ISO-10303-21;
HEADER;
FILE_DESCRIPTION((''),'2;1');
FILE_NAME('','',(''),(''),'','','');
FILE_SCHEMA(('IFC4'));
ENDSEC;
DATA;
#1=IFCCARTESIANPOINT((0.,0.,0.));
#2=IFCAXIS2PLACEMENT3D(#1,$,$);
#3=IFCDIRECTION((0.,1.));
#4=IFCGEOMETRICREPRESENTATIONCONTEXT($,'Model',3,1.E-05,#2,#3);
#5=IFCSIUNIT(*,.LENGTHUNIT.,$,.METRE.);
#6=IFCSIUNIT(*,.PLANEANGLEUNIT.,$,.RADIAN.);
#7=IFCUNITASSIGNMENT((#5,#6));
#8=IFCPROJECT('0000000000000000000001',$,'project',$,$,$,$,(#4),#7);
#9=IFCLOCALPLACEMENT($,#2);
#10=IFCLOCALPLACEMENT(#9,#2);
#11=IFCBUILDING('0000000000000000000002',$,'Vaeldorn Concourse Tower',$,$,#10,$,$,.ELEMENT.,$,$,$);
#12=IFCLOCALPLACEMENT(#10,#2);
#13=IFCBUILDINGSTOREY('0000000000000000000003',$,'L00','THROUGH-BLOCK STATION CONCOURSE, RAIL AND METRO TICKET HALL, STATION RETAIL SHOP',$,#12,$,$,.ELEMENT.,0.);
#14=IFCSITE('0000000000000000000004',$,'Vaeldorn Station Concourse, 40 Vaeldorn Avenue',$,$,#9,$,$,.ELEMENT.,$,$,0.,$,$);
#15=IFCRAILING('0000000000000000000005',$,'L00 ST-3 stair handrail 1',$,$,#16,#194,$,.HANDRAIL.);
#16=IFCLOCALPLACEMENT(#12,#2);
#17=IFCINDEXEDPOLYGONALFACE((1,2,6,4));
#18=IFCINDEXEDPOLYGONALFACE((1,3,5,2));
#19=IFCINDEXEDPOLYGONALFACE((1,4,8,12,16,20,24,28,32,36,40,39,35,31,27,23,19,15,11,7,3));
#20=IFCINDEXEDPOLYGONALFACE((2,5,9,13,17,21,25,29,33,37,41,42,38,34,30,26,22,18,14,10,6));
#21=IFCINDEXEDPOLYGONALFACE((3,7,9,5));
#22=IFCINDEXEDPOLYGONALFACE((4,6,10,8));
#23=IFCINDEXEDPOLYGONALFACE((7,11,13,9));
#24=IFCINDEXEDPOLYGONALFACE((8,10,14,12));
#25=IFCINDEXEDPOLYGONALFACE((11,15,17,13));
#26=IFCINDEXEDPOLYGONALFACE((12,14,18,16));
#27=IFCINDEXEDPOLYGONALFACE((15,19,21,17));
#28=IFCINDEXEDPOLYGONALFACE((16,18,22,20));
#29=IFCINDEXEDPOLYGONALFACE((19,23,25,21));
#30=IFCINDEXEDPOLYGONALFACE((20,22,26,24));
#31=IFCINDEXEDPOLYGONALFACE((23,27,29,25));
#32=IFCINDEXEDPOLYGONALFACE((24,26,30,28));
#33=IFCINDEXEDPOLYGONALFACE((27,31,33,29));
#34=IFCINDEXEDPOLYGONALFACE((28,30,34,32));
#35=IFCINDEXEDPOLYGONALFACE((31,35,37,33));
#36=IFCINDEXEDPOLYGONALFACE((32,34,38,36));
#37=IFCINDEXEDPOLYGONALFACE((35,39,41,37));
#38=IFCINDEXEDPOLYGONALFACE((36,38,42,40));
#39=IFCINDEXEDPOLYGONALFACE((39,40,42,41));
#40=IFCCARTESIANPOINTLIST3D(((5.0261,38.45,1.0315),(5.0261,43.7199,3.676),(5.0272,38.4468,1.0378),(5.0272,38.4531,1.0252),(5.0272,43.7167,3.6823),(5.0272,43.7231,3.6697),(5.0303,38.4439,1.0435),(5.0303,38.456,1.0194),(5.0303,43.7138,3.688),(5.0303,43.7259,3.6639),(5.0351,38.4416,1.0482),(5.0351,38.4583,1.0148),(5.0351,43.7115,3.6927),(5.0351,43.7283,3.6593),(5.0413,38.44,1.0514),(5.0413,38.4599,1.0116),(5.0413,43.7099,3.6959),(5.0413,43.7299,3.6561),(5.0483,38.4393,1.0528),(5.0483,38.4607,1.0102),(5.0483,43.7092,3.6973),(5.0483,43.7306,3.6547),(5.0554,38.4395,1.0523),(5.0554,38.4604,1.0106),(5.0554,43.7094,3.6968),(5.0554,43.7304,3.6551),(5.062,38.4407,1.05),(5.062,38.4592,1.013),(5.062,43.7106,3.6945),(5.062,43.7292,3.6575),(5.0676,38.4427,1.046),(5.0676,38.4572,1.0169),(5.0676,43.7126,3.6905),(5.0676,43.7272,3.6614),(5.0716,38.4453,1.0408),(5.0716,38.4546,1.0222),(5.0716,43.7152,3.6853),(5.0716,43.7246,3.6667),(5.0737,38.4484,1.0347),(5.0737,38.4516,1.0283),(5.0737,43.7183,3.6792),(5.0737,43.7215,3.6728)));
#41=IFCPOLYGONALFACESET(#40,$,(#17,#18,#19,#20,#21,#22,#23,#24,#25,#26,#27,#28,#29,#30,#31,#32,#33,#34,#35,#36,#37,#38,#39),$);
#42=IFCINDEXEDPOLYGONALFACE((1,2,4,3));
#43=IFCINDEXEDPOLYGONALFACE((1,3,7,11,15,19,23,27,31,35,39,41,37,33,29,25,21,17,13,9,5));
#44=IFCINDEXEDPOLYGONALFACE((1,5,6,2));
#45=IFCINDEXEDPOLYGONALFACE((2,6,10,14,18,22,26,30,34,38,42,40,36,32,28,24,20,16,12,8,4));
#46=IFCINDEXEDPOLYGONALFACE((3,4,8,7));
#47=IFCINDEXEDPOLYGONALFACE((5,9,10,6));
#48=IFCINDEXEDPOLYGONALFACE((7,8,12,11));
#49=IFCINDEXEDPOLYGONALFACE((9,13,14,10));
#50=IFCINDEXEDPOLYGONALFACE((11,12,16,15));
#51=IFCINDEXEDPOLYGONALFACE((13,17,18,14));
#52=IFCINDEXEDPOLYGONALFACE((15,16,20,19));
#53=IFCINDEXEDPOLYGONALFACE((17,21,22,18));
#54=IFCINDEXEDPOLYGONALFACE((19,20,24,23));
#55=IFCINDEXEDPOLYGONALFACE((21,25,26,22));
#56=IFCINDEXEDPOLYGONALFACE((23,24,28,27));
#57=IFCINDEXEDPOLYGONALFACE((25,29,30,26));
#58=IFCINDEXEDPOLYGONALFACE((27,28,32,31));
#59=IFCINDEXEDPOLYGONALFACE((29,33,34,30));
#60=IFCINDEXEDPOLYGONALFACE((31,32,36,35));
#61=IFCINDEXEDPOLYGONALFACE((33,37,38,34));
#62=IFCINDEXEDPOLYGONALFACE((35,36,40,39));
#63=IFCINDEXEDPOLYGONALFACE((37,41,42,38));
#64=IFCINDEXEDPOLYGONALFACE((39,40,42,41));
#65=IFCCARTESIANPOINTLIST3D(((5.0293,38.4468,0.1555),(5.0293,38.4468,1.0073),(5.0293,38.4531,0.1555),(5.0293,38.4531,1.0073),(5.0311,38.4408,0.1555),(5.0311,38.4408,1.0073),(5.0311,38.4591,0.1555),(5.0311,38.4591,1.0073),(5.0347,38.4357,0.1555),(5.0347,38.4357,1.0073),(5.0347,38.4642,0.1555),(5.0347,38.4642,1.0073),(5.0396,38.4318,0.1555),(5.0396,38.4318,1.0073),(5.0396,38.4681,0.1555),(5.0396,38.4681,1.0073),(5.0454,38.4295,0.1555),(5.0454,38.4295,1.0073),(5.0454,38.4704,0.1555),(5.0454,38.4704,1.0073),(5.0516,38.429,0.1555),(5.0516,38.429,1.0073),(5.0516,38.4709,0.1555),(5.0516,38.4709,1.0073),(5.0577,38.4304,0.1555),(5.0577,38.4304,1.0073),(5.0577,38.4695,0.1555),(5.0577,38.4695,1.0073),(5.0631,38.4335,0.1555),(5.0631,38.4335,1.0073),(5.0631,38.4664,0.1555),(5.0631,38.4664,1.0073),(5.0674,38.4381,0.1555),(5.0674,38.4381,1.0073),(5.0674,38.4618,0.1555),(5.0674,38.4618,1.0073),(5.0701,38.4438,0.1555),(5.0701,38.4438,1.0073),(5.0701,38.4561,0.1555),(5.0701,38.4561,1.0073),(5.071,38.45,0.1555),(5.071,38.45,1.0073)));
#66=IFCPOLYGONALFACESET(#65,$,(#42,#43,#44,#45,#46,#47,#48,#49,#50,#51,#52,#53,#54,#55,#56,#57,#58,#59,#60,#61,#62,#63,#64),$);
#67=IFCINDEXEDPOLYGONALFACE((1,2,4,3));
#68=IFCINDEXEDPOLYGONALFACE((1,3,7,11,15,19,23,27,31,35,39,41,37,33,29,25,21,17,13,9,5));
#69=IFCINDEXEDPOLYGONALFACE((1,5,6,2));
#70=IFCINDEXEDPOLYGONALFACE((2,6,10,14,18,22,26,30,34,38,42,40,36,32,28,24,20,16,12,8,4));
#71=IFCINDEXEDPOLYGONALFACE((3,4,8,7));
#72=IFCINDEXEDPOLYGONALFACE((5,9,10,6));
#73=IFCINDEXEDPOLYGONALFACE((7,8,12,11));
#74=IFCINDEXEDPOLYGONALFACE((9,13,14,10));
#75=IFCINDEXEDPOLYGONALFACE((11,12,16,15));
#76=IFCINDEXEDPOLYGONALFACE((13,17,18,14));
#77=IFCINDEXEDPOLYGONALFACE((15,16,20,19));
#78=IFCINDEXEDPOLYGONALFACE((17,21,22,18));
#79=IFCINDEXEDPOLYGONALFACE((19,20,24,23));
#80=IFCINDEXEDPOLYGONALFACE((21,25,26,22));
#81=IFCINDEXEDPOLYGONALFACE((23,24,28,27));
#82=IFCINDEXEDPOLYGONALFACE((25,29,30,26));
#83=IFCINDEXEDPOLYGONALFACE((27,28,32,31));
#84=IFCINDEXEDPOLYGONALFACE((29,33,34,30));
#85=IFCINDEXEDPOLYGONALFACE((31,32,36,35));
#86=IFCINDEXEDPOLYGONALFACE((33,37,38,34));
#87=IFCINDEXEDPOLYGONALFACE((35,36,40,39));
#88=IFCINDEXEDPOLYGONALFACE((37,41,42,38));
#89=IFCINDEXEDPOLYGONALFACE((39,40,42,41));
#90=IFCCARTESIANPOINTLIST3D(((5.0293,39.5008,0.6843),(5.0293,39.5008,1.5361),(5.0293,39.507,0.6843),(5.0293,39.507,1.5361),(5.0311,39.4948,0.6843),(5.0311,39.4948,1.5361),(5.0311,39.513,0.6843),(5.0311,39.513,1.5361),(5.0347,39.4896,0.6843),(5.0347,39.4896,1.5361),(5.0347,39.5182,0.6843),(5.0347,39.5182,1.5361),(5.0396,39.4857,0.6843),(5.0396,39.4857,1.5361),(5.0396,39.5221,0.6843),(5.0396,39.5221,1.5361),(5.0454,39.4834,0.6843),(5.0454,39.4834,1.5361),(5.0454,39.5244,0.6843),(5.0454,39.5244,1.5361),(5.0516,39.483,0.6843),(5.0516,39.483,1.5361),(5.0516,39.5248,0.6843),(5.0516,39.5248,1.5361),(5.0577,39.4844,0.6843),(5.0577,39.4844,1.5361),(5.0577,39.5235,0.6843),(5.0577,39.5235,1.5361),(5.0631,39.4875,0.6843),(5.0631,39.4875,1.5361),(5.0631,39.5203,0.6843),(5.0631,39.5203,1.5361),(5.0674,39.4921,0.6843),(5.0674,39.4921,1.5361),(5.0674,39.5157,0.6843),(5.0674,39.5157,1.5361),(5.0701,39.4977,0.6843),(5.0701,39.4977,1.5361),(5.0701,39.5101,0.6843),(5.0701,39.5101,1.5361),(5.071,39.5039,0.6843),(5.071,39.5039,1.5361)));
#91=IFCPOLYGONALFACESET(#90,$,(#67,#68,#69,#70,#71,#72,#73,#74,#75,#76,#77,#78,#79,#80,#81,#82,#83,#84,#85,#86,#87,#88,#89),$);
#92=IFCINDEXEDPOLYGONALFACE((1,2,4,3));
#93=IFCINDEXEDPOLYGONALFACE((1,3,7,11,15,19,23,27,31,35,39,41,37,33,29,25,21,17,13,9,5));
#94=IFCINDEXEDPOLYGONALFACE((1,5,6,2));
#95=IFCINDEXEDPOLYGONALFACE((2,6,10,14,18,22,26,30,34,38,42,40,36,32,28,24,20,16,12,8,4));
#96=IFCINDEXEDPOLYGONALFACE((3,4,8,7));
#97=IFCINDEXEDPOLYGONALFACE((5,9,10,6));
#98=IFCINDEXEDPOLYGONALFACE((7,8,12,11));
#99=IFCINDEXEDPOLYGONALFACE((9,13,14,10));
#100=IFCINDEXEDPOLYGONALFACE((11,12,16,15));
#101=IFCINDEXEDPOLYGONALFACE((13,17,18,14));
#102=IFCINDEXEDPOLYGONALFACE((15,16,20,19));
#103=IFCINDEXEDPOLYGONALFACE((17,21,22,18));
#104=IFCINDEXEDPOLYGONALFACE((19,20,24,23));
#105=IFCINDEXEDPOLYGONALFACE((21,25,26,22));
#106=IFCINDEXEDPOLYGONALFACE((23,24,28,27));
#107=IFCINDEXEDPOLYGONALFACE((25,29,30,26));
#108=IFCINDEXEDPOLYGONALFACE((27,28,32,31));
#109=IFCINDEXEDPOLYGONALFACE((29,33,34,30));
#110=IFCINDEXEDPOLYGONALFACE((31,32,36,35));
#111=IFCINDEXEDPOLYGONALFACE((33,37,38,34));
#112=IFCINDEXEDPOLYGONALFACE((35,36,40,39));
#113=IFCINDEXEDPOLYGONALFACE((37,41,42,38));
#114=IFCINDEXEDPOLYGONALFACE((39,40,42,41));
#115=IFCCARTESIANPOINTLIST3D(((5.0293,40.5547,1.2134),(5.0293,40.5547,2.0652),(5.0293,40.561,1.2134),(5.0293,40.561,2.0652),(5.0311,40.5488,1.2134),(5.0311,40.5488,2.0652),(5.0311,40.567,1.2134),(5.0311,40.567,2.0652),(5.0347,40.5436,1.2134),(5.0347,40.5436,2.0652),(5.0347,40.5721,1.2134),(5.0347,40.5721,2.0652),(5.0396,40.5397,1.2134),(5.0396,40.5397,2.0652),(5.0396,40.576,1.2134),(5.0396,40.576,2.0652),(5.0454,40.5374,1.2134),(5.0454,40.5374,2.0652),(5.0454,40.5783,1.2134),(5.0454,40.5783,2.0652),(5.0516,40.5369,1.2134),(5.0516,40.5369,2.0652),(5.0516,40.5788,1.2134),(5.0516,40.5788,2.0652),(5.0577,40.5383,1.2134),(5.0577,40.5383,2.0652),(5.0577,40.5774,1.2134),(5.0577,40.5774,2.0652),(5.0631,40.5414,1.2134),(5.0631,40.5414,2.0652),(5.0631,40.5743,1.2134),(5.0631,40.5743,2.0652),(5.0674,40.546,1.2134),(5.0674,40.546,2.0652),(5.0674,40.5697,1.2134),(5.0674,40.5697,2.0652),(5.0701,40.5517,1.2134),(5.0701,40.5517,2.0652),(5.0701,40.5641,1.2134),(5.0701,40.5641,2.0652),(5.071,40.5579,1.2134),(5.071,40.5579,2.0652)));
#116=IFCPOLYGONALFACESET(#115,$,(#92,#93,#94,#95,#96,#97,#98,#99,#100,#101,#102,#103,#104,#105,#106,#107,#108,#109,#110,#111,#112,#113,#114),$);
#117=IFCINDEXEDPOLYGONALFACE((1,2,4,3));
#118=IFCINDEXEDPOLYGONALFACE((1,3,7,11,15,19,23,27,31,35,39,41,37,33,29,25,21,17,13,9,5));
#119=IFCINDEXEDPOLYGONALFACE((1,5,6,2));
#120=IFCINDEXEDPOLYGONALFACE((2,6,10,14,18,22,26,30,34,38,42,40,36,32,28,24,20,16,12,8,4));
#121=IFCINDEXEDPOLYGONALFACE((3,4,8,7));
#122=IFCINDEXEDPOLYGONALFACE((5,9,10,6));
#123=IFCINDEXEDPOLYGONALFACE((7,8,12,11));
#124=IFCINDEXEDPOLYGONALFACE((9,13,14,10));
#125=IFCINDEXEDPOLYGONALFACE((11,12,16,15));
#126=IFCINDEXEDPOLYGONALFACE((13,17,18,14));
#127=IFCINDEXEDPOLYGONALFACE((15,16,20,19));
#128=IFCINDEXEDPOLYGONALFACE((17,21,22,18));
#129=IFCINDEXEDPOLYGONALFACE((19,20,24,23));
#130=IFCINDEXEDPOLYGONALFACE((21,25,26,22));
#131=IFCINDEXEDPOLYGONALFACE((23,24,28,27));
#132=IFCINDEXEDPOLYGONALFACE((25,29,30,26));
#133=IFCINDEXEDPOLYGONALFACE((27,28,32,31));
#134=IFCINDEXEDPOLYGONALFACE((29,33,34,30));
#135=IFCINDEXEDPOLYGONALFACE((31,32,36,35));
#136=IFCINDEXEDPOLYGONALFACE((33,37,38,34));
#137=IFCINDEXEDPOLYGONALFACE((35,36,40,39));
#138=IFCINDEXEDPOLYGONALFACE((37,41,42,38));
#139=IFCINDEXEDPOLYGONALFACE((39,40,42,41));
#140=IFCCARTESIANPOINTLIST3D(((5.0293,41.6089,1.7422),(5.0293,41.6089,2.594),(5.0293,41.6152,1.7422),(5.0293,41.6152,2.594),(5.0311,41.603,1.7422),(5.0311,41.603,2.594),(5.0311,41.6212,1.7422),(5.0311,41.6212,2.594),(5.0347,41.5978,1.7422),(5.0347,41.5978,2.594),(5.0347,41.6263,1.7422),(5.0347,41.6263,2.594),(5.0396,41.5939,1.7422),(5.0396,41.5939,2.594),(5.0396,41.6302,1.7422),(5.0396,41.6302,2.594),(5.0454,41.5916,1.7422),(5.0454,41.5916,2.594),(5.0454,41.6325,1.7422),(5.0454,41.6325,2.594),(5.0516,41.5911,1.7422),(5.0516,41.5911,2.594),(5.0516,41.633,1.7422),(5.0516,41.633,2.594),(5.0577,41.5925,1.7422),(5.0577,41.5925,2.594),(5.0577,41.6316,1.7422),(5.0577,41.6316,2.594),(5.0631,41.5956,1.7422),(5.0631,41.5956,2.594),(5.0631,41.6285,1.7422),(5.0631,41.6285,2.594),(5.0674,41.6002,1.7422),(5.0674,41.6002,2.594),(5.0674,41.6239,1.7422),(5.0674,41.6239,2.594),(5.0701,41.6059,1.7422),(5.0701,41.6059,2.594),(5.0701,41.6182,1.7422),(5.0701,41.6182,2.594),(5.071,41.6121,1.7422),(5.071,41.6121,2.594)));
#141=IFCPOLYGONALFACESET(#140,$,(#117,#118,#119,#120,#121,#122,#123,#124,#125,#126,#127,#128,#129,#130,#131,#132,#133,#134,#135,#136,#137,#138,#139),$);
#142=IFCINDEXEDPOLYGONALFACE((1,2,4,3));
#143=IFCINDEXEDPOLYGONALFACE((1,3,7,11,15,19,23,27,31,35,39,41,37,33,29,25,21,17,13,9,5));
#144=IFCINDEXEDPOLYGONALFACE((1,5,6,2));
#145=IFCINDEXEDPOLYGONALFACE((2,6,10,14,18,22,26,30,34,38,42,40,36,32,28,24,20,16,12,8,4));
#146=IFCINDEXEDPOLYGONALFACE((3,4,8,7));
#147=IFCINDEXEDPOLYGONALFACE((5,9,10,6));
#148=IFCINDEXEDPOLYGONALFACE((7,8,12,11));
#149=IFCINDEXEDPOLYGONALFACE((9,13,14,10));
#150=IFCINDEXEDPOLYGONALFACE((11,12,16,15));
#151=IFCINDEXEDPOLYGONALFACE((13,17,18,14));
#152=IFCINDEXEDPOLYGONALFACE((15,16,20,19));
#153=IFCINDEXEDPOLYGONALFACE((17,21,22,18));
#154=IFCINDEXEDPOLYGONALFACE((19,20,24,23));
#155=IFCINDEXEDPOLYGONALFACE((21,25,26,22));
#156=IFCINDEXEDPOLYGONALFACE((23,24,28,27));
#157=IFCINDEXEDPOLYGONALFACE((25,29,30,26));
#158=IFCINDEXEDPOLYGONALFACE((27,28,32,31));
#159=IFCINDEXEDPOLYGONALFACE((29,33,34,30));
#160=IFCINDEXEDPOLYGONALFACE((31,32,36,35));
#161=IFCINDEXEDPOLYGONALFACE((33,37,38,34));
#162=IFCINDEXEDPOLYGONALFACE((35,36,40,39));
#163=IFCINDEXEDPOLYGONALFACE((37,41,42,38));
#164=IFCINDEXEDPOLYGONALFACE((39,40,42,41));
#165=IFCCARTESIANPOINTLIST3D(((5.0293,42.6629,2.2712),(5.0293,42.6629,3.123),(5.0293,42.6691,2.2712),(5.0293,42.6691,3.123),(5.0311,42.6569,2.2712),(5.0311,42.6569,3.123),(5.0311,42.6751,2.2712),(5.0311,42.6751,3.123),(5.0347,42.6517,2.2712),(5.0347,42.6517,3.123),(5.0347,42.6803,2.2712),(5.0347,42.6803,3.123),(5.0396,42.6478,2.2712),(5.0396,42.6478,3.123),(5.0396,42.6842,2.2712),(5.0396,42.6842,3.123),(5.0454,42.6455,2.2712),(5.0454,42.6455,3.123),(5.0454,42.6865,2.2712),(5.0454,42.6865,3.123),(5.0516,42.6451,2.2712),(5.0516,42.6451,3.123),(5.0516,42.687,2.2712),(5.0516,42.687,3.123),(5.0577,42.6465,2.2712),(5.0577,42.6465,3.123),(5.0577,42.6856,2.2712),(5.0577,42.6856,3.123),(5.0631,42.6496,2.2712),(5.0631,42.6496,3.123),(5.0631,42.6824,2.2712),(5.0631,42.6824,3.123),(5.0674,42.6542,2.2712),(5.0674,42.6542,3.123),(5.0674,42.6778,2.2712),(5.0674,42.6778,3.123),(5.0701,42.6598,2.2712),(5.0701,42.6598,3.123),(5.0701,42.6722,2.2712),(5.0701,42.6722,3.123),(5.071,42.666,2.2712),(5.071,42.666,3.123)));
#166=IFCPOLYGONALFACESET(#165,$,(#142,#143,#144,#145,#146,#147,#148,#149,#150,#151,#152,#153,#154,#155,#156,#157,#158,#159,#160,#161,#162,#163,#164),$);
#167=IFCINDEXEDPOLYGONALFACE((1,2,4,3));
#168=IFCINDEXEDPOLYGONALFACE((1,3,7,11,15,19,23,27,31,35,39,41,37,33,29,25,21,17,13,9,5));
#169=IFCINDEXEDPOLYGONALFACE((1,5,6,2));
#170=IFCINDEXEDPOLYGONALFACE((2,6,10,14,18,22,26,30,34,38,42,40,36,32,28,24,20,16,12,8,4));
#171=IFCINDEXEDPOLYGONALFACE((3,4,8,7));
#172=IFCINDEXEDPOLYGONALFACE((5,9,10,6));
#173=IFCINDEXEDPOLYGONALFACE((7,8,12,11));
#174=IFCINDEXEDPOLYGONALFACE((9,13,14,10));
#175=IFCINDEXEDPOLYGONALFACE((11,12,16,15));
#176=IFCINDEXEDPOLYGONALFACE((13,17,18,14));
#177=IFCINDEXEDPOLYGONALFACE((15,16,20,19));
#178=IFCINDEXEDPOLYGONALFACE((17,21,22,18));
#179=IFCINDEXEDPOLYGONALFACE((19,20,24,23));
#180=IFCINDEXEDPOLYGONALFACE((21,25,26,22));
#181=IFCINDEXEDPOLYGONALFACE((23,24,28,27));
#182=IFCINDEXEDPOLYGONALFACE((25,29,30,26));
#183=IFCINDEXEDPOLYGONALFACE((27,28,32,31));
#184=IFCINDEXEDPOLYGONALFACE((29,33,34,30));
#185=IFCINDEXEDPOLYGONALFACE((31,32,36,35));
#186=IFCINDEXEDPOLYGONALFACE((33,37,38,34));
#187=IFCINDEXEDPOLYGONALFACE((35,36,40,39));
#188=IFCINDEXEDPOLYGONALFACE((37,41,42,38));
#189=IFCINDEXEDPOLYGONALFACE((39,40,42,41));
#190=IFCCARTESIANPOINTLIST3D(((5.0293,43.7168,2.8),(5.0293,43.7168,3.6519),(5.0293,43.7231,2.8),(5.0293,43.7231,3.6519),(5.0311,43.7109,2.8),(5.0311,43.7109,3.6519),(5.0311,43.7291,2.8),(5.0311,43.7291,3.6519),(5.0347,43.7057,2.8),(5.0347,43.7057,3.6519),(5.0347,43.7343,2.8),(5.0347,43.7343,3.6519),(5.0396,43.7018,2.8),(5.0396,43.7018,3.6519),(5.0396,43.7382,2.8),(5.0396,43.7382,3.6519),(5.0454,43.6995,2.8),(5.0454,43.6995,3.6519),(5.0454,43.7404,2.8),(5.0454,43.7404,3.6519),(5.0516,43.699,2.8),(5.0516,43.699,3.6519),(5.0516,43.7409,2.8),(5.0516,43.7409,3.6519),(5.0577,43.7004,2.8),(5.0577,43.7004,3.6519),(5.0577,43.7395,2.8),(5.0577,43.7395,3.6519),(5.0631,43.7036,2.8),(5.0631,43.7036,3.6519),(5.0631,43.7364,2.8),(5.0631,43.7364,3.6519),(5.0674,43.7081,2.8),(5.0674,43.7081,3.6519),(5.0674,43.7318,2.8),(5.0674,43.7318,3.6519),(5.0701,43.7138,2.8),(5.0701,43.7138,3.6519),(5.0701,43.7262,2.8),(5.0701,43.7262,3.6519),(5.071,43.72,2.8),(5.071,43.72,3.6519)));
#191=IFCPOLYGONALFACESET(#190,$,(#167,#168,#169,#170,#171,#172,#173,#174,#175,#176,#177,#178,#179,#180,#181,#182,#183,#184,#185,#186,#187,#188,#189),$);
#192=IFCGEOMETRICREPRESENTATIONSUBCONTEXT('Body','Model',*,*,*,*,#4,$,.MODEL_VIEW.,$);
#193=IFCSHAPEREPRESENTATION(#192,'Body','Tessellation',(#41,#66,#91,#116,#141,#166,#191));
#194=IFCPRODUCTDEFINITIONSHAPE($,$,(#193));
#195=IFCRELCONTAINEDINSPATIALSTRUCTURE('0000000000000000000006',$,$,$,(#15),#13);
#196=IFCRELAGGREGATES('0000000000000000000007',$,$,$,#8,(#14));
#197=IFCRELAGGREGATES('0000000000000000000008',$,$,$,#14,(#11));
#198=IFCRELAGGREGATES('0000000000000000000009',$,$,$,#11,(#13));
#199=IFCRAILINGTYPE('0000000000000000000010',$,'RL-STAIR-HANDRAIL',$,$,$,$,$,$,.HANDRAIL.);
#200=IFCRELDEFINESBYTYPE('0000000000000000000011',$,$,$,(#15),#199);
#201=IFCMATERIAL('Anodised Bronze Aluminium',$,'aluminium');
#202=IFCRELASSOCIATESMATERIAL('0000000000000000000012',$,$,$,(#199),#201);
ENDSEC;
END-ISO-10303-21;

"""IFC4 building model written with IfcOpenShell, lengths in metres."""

from ifc_helpers import new_model, si_unit, direction, frame, origin, origin_2d, place, context, subcontext, project, spatial, circle, extrude, material, type_object, element, save


model = new_model("IFC4")

# Units and contexts
model_context = context("Model", 3, precision=1e-05, world=origin(), true_north=direction((0.0, 1.0)))
body_context = subcontext(model_context, "Body", "Model", "MODEL_VIEW")
ifc_project = project(units=[si_unit("LENGTHUNIT", "METRE"), si_unit("PLANEANGLEUNIT", "RADIAN")], contexts=[model_context])

# Site, building, storey
site_placement = place(None, origin())
site = spatial("IfcSite", under=ifc_project, at=site_placement, Name="Vaeldorn Station Concourse, 40 Vaeldorn Avenue", CompositionType="ELEMENT", RefElevation=0.0)
building_placement = place(site_placement, origin())
building = spatial("IfcBuilding", under=site, at=building_placement, Name="Vaeldorn Concourse Tower", CompositionType="ELEMENT")
storey_placement = place(building_placement, origin())
storey = spatial("IfcBuildingStorey", under=building, at=storey_placement, Name="L00", Description="THROUGH-BLOCK STATION CONCOURSE, RAIL AND METRO TICKET HALL, STATION RETAIL SHOP", CompositionType="ELEMENT", Elevation=0.0)

# Shared definitions
ifc_material_1 = material(Name="Anodised Bronze Aluminium", Category="aluminium")

# Railing
railing_type_1 = type_object("IfcRailingType", Name="RL-STAIR-HANDRAIL", PredefinedType="HANDRAIL", material=ifc_material_1)
railing_1_placement = place(storey_placement, frame((5.05, 38.45, 0.1555)))
element("IfcRailing", 1, at=railing_1_placement, inside=storey, type_object=railing_type_1, Name="L00 ST-3 stair handrail 1", PredefinedType="HANDRAIL", context=body_context, shape_type="SweptSolid", body=[
    extrude(circle(Radius=0.0239, at=origin_2d()), frame((0.0, 0.0, 0.876), z_axis=(0.0, 0.89378, 0.448505), x_axis=(-1.0, 0.0, 0.0)), (0.0, 0.0, 1.0), 5.8962),
    extrude(circle(Radius=0.021, at=origin_2d()), origin(), (0.0, 0.0, 1.0), 0.8518),
    extrude(circle(Radius=0.021, at=origin_2d()), frame((0.0, 1.054, 0.5288)), (0.0, 0.0, 1.0), 0.8518),
    extrude(circle(Radius=0.021, at=origin_2d()), frame((0.0, 2.1079, 1.0579)), (0.0, 0.0, 1.0), 0.8518),
    extrude(circle(Radius=0.021, at=origin_2d()), frame((0.0, 3.1621, 1.5867)), (0.0, 0.0, 1.0), 0.8518),
    extrude(circle(Radius=0.021, at=origin_2d()), frame((0.0, 4.2161, 2.1157)), (0.0, 0.0, 1.0), 0.8518),
    extrude(circle(Radius=0.021, at=origin_2d()), frame((0.0, 5.27, 2.6445)), (0.0, 0.0, 1.0), 0.8518),
])

save(model, "model.ifc")
